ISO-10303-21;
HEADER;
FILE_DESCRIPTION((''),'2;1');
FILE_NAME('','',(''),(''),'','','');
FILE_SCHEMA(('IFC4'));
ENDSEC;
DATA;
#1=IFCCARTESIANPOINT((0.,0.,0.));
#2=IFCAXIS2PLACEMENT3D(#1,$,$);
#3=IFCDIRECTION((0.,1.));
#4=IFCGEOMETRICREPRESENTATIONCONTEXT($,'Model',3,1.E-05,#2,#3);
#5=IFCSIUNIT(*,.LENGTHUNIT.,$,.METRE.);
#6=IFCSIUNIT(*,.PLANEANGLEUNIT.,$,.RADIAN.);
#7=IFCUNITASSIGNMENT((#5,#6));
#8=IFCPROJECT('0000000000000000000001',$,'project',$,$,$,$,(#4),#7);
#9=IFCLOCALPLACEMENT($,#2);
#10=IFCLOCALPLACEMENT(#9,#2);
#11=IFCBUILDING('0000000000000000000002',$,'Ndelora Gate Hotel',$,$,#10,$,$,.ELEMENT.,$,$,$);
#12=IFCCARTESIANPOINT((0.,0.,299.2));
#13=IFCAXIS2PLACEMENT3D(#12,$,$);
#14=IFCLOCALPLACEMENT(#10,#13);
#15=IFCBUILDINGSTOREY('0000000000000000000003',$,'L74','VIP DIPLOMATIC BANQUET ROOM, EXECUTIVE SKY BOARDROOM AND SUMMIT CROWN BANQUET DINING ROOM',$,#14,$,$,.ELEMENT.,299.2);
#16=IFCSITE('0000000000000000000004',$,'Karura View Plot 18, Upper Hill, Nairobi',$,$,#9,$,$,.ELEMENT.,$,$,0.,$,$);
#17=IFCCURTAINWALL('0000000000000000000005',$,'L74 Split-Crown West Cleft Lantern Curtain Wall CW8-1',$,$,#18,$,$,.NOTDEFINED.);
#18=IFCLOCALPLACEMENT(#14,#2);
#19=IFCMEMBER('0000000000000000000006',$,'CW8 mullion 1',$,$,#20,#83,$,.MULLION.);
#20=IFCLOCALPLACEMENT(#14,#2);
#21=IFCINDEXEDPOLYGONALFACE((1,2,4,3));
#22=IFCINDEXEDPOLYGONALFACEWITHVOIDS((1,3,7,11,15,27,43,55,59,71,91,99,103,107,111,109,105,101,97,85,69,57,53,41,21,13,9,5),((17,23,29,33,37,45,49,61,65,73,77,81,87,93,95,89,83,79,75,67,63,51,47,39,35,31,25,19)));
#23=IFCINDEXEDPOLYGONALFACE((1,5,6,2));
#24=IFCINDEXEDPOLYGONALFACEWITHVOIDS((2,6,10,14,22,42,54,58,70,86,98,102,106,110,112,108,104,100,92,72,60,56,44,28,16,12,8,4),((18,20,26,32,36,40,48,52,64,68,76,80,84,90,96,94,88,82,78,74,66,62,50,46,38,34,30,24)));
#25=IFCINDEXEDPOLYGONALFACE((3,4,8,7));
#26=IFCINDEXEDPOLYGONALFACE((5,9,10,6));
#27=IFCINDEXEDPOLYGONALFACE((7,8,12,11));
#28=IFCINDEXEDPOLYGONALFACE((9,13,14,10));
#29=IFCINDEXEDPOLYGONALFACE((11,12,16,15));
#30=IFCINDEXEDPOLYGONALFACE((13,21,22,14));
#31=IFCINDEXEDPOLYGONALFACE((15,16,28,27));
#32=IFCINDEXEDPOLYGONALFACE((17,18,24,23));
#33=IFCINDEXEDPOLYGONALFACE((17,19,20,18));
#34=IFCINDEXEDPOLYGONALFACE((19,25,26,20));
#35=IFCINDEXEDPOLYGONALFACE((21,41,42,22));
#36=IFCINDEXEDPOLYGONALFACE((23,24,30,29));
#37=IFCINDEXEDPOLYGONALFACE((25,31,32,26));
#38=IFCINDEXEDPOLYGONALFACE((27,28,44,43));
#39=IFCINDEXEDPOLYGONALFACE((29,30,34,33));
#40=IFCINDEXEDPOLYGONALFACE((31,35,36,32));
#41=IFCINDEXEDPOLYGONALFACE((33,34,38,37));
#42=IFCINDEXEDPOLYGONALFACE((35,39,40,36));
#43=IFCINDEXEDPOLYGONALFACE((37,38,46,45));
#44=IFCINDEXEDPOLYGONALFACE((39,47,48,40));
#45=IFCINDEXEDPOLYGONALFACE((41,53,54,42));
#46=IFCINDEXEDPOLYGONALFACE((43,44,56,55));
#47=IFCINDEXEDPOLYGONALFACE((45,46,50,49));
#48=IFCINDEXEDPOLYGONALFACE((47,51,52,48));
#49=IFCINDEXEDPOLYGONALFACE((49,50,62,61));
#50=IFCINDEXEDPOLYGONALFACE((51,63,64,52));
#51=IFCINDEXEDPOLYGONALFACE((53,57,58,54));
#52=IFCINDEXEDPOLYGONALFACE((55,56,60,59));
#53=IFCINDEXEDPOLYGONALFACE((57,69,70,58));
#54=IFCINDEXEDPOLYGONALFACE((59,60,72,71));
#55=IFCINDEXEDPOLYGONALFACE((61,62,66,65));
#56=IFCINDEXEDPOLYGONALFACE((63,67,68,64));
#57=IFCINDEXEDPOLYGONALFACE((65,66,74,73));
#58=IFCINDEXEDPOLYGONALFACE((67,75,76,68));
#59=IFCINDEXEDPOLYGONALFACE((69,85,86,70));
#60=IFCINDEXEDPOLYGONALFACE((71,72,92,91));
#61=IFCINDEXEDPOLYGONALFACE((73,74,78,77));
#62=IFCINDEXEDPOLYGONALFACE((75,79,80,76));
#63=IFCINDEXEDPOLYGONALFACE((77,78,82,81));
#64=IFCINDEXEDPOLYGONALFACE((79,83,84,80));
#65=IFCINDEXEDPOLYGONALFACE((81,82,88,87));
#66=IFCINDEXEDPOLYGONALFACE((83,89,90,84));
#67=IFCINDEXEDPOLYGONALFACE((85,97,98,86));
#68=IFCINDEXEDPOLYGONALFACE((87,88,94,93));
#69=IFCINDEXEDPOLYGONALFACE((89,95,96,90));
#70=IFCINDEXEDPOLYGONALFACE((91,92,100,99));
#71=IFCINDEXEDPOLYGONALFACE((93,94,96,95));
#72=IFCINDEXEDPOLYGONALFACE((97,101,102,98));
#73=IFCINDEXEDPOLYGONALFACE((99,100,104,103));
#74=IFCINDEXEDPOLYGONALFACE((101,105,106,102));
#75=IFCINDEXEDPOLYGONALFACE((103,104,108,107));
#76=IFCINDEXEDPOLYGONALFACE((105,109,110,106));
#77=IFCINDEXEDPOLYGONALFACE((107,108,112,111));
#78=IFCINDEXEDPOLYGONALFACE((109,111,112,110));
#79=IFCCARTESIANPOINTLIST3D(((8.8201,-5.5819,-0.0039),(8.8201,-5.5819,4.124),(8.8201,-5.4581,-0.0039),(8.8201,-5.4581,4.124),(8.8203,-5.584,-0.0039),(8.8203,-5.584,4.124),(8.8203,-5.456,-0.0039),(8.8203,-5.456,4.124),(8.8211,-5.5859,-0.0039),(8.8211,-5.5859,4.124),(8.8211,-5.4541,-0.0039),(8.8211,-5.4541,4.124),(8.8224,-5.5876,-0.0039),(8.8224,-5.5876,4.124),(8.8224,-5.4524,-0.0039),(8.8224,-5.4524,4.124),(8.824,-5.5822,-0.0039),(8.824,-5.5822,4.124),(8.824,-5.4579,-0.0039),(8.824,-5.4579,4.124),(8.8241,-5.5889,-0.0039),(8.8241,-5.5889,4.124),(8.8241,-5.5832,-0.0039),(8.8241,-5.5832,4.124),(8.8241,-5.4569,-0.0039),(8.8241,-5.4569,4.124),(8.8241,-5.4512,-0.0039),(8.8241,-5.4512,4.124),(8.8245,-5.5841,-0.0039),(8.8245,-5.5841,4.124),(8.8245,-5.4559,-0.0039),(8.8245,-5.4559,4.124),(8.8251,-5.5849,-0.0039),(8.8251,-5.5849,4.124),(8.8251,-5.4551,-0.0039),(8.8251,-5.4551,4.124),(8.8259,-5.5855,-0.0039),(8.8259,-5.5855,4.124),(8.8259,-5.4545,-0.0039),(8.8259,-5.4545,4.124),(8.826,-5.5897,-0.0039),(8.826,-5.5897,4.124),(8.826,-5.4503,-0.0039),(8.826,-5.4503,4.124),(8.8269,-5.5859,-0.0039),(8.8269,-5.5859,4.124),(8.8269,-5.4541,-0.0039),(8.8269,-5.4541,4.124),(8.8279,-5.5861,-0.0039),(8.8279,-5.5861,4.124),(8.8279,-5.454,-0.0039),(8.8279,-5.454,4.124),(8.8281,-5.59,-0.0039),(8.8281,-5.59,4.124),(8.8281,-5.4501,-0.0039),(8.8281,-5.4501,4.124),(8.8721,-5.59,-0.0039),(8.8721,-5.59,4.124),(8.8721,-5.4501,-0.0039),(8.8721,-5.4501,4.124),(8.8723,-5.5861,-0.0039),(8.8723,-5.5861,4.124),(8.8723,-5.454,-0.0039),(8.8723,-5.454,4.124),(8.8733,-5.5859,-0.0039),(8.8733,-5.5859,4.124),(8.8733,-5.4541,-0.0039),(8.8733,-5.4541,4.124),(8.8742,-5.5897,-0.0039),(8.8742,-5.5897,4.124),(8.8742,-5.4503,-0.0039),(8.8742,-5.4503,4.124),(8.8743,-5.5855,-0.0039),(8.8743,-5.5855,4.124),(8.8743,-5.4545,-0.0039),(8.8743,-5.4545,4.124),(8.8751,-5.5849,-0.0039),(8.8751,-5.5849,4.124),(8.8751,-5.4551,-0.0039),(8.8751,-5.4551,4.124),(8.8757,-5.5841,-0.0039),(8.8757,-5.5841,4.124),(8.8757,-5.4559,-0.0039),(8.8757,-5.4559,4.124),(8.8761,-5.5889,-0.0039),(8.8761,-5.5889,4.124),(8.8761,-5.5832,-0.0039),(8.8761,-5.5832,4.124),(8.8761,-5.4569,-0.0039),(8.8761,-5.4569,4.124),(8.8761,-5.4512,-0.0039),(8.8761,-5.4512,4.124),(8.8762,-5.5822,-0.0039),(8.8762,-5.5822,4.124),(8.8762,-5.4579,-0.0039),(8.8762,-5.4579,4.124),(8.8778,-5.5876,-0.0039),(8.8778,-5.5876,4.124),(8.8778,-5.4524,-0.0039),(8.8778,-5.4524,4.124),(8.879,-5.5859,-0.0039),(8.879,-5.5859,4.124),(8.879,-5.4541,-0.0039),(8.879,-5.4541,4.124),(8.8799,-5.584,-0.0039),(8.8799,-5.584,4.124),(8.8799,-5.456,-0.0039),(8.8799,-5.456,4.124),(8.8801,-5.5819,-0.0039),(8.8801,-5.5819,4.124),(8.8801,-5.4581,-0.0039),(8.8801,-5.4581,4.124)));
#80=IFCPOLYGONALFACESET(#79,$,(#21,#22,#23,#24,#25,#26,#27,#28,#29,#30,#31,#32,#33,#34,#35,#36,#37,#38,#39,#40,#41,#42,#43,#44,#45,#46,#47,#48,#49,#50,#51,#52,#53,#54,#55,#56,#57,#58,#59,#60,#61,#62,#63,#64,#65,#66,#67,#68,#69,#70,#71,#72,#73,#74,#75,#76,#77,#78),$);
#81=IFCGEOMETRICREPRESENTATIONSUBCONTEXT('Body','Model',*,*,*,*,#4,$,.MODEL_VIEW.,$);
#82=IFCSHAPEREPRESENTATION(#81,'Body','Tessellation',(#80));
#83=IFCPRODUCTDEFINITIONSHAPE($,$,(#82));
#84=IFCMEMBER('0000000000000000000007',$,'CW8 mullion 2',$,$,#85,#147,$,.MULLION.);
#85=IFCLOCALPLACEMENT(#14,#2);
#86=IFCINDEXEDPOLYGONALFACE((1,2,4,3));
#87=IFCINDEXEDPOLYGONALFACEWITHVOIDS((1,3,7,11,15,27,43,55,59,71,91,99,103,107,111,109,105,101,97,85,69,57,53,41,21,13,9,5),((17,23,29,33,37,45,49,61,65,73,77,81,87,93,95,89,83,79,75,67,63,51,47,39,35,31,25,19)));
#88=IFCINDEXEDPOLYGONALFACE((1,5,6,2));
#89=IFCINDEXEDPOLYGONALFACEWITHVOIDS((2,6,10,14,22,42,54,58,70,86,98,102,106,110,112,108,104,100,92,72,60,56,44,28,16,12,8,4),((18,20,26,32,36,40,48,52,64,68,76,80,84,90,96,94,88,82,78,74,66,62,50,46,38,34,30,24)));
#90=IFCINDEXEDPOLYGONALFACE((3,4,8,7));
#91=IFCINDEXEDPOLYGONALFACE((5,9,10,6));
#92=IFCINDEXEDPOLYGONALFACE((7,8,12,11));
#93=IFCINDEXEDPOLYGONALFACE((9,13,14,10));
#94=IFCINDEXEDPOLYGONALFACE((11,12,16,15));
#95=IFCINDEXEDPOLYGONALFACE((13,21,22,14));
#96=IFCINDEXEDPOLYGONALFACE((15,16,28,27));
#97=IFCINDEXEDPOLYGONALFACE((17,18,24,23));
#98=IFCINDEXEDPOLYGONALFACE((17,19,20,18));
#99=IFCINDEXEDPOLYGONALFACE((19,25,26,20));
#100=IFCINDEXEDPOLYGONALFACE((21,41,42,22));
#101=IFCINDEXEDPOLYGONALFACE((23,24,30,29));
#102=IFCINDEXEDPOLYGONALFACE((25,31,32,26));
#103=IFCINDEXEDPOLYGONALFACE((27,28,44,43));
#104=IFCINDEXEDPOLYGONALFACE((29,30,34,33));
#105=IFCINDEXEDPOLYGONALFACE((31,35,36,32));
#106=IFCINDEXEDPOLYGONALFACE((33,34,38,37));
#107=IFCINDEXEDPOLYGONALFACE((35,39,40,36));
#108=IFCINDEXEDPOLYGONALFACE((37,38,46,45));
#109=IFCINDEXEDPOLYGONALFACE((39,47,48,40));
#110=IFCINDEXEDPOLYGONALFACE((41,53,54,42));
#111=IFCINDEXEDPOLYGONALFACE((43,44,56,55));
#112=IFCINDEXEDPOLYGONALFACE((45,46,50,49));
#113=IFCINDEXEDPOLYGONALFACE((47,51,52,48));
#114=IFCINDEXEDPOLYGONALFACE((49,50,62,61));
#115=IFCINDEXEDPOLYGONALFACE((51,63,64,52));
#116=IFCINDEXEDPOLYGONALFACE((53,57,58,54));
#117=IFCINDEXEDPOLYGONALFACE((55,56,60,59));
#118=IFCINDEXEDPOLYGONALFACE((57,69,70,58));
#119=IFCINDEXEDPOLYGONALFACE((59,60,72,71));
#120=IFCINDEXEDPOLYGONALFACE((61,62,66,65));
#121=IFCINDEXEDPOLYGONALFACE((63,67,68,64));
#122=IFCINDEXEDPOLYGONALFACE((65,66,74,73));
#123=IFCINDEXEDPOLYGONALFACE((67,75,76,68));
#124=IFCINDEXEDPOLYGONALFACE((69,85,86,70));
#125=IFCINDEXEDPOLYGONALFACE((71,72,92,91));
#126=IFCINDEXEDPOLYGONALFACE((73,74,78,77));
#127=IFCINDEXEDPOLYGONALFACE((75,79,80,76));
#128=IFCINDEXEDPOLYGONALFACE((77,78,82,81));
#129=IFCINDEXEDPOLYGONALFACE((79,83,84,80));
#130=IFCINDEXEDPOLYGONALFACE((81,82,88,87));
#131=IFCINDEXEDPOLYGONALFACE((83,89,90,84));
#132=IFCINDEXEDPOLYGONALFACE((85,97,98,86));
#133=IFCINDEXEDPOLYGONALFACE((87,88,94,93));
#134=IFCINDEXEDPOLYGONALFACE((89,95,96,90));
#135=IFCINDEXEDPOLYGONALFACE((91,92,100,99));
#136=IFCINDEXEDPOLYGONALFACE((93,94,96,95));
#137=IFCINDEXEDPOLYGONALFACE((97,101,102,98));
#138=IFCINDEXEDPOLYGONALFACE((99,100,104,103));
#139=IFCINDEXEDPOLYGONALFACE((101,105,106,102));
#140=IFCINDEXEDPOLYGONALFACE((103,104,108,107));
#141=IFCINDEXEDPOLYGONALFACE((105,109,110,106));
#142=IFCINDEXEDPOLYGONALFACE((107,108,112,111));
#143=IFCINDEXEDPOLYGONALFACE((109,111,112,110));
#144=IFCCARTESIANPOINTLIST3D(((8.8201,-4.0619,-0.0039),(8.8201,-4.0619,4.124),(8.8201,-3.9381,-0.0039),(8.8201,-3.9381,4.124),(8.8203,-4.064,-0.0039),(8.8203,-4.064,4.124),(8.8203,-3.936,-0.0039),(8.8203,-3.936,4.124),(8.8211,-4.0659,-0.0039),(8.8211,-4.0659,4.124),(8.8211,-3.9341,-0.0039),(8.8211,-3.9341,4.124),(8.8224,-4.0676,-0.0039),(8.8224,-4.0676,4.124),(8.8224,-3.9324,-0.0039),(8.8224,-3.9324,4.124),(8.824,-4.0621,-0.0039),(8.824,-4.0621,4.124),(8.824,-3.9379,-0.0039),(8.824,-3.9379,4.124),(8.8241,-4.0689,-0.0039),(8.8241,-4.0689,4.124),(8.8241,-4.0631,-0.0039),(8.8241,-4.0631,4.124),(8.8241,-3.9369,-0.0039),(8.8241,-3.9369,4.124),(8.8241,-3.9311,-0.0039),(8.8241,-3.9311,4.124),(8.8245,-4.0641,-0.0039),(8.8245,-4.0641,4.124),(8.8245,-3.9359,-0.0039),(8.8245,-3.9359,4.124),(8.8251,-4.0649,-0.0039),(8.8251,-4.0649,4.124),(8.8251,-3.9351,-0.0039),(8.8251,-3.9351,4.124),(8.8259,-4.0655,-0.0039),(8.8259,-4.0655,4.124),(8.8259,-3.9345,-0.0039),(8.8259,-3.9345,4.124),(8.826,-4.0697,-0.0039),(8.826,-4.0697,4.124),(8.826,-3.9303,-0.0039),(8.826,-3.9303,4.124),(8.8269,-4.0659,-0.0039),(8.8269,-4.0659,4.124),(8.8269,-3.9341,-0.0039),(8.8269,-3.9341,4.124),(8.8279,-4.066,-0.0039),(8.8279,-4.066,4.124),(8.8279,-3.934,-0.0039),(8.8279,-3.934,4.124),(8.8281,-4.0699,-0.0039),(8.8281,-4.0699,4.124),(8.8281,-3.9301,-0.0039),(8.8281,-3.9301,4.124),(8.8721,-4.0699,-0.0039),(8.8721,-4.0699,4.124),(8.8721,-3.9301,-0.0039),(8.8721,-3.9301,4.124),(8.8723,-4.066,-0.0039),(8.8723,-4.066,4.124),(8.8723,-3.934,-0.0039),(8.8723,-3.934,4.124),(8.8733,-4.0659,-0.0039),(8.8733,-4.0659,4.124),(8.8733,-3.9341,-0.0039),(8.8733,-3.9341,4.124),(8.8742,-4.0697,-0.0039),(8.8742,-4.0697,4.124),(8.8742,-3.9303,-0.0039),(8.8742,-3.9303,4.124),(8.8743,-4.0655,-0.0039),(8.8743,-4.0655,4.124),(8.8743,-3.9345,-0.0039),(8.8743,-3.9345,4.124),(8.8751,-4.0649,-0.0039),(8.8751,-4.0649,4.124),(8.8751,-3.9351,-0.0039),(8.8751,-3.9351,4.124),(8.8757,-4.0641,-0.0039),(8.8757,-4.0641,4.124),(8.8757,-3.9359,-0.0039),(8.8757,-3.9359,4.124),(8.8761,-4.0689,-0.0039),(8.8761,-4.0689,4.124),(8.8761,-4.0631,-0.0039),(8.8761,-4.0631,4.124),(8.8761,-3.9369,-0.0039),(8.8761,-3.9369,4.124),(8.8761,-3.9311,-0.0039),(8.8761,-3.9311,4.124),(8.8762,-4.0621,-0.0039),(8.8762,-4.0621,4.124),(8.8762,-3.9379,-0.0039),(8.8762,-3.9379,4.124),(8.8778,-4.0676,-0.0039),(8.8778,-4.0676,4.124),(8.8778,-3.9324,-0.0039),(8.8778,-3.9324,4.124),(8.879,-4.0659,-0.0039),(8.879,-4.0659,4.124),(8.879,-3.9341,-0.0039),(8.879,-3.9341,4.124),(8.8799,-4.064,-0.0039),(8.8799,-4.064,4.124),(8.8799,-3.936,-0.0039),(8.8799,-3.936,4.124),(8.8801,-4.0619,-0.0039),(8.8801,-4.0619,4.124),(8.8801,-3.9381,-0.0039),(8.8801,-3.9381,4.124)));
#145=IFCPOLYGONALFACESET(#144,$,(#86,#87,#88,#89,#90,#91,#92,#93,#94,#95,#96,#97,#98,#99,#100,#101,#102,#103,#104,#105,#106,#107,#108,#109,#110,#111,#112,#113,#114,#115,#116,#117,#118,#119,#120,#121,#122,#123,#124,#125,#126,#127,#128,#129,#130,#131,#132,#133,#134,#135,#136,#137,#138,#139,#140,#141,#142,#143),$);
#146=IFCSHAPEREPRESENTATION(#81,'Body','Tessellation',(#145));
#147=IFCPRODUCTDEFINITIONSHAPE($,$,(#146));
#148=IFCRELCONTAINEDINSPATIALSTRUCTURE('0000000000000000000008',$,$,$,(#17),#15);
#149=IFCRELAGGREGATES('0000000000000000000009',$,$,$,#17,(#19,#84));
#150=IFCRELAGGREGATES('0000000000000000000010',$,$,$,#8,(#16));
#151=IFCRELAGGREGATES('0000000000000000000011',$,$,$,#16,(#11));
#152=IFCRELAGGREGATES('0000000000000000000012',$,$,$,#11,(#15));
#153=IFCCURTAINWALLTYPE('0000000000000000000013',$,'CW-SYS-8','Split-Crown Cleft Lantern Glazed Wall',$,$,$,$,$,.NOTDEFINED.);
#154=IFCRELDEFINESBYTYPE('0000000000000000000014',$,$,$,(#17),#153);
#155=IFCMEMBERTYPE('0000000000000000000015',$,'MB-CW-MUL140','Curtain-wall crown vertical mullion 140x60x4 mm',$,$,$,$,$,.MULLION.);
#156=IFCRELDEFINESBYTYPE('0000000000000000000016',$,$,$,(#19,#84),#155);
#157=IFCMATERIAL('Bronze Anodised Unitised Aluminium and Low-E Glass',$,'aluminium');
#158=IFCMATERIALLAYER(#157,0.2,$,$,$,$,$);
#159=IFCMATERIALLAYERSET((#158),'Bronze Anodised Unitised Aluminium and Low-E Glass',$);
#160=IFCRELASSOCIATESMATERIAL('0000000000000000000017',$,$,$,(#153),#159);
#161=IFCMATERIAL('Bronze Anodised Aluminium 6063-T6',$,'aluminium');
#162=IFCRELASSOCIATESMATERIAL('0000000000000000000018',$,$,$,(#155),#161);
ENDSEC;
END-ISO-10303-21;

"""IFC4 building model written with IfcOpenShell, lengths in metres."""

from ifc_helpers import new_model, si_unit, direction, frame, origin, origin_2d, place, context, subcontext, project, spatial, hollow_rectangle, extrude, material, layer, layer_set, material_profile, profile_set, type_object, element, aggregate, save


model = new_model("IFC4")

# Units and contexts
model_context = context("Model", 3, precision=1e-05, world=origin(), true_north=direction((0.0, 1.0)))
body_context = subcontext(model_context, "Body", "Model", "MODEL_VIEW")
ifc_project = project(units=[si_unit("LENGTHUNIT", "METRE"), si_unit("PLANEANGLEUNIT", "RADIAN")], contexts=[model_context])

# Site, building, storey
site_placement = place(None, origin())
site = spatial("IfcSite", under=ifc_project, at=site_placement, Name="Karura View Plot 18, Upper Hill, Nairobi", CompositionType="ELEMENT", RefElevation=0.0)
building_placement = place(site_placement, origin())
building = spatial("IfcBuilding", under=site, at=building_placement, Name="Ndelora Gate Hotel", CompositionType="ELEMENT")
storey_placement = place(building_placement, frame((0.0, 0.0, 299.2)))
storey = spatial("IfcBuildingStorey", under=building, at=storey_placement, Name="L74", Description="VIP DIPLOMATIC BANQUET ROOM, EXECUTIVE SKY BOARDROOM AND SUMMIT CROWN BANQUET DINING ROOM", CompositionType="ELEMENT", Elevation=299.2)

# Curtain wall, members
ifc_material_1 = material(Name="Bronze Anodised Unitised Aluminium and Low-E Glass", Category="aluminium")
ifc_layer_1 = layer(ifc_material_1, 0.2)
ifc_layer_set_1 = layer_set([ifc_layer_1], Name="Bronze Anodised Unitised Aluminium and Low-E Glass")
curtain_wall_type = type_object("IfcCurtainWallType", Name="CW-SYS-8", Description="Split-Crown Cleft Lantern Glazed Wall", PredefinedType="NOTDEFINED", material=ifc_layer_set_1)
curtain_wall_placement = place(storey_placement, origin())
curtain_wall = element("IfcCurtainWall", 1, at=curtain_wall_placement, inside=storey, type_object=curtain_wall_type, Name="L74 Split-Crown West Cleft Lantern Curtain Wall CW8-1", PredefinedType="NOTDEFINED")
ifc_material_2 = material(Name="Bronze Anodised Aluminium 6063-T6", Category="aluminium")
ifc_material_profile_1 = material_profile(ifc_material_2, hollow_rectangle(XDim=0.0601, YDim=0.1399, WallThickness=0.0039, InnerFilletRadius=0.0039, OuterFilletRadius=0.0081, at=origin_2d()), Name="ALU 140x60x4")
ifc_profile_set_1 = profile_set([ifc_material_profile_1], Name="Bronze Anodised Aluminium 6063-T6")
member_type_1 = type_object("IfcMemberType", Name="MB-CW-MUL140", Description="Curtain-wall crown vertical mullion 140x60x4 mm", PredefinedType="MULLION", material=ifc_profile_set_1)
member_1_placement = place(storey_placement, frame((8.8501, -5.52, -0.0039), z_axis=(0.0, 0.0, 1.0), x_axis=(-1.0, 0.0, 0.0)))
member_1 = element("IfcMember", 2, at=member_1_placement, type_object=member_type_1, Name="CW8 mullion 1", PredefinedType="MULLION", context=body_context, shape_type="SweptSolid", body=[
    extrude(hollow_rectangle(XDim=0.0601, YDim=0.1399, WallThickness=0.0039, InnerFilletRadius=0.0039, OuterFilletRadius=0.0081, at=origin_2d()), origin(), (0.0, 0.0, 1.0), 4.1279),
])
member_2_placement = place(storey_placement, frame((8.8501, -4.0, -0.0039), z_axis=(0.0, 0.0, 1.0), x_axis=(-1.0, 0.0, 0.0)))
member_2 = element("IfcMember", 3, at=member_2_placement, type_object=member_type_1, Name="CW8 mullion 2", PredefinedType="MULLION", context=body_context, shape_type="SweptSolid", body=[
    extrude(hollow_rectangle(XDim=0.0601, YDim=0.1399, WallThickness=0.0039, InnerFilletRadius=0.0039, OuterFilletRadius=0.0081, at=origin_2d()), origin(), (0.0, 0.0, 1.0), 4.1279),
])
aggregate(curtain_wall, [member_1, member_2])

save(model, "model.ifc")
